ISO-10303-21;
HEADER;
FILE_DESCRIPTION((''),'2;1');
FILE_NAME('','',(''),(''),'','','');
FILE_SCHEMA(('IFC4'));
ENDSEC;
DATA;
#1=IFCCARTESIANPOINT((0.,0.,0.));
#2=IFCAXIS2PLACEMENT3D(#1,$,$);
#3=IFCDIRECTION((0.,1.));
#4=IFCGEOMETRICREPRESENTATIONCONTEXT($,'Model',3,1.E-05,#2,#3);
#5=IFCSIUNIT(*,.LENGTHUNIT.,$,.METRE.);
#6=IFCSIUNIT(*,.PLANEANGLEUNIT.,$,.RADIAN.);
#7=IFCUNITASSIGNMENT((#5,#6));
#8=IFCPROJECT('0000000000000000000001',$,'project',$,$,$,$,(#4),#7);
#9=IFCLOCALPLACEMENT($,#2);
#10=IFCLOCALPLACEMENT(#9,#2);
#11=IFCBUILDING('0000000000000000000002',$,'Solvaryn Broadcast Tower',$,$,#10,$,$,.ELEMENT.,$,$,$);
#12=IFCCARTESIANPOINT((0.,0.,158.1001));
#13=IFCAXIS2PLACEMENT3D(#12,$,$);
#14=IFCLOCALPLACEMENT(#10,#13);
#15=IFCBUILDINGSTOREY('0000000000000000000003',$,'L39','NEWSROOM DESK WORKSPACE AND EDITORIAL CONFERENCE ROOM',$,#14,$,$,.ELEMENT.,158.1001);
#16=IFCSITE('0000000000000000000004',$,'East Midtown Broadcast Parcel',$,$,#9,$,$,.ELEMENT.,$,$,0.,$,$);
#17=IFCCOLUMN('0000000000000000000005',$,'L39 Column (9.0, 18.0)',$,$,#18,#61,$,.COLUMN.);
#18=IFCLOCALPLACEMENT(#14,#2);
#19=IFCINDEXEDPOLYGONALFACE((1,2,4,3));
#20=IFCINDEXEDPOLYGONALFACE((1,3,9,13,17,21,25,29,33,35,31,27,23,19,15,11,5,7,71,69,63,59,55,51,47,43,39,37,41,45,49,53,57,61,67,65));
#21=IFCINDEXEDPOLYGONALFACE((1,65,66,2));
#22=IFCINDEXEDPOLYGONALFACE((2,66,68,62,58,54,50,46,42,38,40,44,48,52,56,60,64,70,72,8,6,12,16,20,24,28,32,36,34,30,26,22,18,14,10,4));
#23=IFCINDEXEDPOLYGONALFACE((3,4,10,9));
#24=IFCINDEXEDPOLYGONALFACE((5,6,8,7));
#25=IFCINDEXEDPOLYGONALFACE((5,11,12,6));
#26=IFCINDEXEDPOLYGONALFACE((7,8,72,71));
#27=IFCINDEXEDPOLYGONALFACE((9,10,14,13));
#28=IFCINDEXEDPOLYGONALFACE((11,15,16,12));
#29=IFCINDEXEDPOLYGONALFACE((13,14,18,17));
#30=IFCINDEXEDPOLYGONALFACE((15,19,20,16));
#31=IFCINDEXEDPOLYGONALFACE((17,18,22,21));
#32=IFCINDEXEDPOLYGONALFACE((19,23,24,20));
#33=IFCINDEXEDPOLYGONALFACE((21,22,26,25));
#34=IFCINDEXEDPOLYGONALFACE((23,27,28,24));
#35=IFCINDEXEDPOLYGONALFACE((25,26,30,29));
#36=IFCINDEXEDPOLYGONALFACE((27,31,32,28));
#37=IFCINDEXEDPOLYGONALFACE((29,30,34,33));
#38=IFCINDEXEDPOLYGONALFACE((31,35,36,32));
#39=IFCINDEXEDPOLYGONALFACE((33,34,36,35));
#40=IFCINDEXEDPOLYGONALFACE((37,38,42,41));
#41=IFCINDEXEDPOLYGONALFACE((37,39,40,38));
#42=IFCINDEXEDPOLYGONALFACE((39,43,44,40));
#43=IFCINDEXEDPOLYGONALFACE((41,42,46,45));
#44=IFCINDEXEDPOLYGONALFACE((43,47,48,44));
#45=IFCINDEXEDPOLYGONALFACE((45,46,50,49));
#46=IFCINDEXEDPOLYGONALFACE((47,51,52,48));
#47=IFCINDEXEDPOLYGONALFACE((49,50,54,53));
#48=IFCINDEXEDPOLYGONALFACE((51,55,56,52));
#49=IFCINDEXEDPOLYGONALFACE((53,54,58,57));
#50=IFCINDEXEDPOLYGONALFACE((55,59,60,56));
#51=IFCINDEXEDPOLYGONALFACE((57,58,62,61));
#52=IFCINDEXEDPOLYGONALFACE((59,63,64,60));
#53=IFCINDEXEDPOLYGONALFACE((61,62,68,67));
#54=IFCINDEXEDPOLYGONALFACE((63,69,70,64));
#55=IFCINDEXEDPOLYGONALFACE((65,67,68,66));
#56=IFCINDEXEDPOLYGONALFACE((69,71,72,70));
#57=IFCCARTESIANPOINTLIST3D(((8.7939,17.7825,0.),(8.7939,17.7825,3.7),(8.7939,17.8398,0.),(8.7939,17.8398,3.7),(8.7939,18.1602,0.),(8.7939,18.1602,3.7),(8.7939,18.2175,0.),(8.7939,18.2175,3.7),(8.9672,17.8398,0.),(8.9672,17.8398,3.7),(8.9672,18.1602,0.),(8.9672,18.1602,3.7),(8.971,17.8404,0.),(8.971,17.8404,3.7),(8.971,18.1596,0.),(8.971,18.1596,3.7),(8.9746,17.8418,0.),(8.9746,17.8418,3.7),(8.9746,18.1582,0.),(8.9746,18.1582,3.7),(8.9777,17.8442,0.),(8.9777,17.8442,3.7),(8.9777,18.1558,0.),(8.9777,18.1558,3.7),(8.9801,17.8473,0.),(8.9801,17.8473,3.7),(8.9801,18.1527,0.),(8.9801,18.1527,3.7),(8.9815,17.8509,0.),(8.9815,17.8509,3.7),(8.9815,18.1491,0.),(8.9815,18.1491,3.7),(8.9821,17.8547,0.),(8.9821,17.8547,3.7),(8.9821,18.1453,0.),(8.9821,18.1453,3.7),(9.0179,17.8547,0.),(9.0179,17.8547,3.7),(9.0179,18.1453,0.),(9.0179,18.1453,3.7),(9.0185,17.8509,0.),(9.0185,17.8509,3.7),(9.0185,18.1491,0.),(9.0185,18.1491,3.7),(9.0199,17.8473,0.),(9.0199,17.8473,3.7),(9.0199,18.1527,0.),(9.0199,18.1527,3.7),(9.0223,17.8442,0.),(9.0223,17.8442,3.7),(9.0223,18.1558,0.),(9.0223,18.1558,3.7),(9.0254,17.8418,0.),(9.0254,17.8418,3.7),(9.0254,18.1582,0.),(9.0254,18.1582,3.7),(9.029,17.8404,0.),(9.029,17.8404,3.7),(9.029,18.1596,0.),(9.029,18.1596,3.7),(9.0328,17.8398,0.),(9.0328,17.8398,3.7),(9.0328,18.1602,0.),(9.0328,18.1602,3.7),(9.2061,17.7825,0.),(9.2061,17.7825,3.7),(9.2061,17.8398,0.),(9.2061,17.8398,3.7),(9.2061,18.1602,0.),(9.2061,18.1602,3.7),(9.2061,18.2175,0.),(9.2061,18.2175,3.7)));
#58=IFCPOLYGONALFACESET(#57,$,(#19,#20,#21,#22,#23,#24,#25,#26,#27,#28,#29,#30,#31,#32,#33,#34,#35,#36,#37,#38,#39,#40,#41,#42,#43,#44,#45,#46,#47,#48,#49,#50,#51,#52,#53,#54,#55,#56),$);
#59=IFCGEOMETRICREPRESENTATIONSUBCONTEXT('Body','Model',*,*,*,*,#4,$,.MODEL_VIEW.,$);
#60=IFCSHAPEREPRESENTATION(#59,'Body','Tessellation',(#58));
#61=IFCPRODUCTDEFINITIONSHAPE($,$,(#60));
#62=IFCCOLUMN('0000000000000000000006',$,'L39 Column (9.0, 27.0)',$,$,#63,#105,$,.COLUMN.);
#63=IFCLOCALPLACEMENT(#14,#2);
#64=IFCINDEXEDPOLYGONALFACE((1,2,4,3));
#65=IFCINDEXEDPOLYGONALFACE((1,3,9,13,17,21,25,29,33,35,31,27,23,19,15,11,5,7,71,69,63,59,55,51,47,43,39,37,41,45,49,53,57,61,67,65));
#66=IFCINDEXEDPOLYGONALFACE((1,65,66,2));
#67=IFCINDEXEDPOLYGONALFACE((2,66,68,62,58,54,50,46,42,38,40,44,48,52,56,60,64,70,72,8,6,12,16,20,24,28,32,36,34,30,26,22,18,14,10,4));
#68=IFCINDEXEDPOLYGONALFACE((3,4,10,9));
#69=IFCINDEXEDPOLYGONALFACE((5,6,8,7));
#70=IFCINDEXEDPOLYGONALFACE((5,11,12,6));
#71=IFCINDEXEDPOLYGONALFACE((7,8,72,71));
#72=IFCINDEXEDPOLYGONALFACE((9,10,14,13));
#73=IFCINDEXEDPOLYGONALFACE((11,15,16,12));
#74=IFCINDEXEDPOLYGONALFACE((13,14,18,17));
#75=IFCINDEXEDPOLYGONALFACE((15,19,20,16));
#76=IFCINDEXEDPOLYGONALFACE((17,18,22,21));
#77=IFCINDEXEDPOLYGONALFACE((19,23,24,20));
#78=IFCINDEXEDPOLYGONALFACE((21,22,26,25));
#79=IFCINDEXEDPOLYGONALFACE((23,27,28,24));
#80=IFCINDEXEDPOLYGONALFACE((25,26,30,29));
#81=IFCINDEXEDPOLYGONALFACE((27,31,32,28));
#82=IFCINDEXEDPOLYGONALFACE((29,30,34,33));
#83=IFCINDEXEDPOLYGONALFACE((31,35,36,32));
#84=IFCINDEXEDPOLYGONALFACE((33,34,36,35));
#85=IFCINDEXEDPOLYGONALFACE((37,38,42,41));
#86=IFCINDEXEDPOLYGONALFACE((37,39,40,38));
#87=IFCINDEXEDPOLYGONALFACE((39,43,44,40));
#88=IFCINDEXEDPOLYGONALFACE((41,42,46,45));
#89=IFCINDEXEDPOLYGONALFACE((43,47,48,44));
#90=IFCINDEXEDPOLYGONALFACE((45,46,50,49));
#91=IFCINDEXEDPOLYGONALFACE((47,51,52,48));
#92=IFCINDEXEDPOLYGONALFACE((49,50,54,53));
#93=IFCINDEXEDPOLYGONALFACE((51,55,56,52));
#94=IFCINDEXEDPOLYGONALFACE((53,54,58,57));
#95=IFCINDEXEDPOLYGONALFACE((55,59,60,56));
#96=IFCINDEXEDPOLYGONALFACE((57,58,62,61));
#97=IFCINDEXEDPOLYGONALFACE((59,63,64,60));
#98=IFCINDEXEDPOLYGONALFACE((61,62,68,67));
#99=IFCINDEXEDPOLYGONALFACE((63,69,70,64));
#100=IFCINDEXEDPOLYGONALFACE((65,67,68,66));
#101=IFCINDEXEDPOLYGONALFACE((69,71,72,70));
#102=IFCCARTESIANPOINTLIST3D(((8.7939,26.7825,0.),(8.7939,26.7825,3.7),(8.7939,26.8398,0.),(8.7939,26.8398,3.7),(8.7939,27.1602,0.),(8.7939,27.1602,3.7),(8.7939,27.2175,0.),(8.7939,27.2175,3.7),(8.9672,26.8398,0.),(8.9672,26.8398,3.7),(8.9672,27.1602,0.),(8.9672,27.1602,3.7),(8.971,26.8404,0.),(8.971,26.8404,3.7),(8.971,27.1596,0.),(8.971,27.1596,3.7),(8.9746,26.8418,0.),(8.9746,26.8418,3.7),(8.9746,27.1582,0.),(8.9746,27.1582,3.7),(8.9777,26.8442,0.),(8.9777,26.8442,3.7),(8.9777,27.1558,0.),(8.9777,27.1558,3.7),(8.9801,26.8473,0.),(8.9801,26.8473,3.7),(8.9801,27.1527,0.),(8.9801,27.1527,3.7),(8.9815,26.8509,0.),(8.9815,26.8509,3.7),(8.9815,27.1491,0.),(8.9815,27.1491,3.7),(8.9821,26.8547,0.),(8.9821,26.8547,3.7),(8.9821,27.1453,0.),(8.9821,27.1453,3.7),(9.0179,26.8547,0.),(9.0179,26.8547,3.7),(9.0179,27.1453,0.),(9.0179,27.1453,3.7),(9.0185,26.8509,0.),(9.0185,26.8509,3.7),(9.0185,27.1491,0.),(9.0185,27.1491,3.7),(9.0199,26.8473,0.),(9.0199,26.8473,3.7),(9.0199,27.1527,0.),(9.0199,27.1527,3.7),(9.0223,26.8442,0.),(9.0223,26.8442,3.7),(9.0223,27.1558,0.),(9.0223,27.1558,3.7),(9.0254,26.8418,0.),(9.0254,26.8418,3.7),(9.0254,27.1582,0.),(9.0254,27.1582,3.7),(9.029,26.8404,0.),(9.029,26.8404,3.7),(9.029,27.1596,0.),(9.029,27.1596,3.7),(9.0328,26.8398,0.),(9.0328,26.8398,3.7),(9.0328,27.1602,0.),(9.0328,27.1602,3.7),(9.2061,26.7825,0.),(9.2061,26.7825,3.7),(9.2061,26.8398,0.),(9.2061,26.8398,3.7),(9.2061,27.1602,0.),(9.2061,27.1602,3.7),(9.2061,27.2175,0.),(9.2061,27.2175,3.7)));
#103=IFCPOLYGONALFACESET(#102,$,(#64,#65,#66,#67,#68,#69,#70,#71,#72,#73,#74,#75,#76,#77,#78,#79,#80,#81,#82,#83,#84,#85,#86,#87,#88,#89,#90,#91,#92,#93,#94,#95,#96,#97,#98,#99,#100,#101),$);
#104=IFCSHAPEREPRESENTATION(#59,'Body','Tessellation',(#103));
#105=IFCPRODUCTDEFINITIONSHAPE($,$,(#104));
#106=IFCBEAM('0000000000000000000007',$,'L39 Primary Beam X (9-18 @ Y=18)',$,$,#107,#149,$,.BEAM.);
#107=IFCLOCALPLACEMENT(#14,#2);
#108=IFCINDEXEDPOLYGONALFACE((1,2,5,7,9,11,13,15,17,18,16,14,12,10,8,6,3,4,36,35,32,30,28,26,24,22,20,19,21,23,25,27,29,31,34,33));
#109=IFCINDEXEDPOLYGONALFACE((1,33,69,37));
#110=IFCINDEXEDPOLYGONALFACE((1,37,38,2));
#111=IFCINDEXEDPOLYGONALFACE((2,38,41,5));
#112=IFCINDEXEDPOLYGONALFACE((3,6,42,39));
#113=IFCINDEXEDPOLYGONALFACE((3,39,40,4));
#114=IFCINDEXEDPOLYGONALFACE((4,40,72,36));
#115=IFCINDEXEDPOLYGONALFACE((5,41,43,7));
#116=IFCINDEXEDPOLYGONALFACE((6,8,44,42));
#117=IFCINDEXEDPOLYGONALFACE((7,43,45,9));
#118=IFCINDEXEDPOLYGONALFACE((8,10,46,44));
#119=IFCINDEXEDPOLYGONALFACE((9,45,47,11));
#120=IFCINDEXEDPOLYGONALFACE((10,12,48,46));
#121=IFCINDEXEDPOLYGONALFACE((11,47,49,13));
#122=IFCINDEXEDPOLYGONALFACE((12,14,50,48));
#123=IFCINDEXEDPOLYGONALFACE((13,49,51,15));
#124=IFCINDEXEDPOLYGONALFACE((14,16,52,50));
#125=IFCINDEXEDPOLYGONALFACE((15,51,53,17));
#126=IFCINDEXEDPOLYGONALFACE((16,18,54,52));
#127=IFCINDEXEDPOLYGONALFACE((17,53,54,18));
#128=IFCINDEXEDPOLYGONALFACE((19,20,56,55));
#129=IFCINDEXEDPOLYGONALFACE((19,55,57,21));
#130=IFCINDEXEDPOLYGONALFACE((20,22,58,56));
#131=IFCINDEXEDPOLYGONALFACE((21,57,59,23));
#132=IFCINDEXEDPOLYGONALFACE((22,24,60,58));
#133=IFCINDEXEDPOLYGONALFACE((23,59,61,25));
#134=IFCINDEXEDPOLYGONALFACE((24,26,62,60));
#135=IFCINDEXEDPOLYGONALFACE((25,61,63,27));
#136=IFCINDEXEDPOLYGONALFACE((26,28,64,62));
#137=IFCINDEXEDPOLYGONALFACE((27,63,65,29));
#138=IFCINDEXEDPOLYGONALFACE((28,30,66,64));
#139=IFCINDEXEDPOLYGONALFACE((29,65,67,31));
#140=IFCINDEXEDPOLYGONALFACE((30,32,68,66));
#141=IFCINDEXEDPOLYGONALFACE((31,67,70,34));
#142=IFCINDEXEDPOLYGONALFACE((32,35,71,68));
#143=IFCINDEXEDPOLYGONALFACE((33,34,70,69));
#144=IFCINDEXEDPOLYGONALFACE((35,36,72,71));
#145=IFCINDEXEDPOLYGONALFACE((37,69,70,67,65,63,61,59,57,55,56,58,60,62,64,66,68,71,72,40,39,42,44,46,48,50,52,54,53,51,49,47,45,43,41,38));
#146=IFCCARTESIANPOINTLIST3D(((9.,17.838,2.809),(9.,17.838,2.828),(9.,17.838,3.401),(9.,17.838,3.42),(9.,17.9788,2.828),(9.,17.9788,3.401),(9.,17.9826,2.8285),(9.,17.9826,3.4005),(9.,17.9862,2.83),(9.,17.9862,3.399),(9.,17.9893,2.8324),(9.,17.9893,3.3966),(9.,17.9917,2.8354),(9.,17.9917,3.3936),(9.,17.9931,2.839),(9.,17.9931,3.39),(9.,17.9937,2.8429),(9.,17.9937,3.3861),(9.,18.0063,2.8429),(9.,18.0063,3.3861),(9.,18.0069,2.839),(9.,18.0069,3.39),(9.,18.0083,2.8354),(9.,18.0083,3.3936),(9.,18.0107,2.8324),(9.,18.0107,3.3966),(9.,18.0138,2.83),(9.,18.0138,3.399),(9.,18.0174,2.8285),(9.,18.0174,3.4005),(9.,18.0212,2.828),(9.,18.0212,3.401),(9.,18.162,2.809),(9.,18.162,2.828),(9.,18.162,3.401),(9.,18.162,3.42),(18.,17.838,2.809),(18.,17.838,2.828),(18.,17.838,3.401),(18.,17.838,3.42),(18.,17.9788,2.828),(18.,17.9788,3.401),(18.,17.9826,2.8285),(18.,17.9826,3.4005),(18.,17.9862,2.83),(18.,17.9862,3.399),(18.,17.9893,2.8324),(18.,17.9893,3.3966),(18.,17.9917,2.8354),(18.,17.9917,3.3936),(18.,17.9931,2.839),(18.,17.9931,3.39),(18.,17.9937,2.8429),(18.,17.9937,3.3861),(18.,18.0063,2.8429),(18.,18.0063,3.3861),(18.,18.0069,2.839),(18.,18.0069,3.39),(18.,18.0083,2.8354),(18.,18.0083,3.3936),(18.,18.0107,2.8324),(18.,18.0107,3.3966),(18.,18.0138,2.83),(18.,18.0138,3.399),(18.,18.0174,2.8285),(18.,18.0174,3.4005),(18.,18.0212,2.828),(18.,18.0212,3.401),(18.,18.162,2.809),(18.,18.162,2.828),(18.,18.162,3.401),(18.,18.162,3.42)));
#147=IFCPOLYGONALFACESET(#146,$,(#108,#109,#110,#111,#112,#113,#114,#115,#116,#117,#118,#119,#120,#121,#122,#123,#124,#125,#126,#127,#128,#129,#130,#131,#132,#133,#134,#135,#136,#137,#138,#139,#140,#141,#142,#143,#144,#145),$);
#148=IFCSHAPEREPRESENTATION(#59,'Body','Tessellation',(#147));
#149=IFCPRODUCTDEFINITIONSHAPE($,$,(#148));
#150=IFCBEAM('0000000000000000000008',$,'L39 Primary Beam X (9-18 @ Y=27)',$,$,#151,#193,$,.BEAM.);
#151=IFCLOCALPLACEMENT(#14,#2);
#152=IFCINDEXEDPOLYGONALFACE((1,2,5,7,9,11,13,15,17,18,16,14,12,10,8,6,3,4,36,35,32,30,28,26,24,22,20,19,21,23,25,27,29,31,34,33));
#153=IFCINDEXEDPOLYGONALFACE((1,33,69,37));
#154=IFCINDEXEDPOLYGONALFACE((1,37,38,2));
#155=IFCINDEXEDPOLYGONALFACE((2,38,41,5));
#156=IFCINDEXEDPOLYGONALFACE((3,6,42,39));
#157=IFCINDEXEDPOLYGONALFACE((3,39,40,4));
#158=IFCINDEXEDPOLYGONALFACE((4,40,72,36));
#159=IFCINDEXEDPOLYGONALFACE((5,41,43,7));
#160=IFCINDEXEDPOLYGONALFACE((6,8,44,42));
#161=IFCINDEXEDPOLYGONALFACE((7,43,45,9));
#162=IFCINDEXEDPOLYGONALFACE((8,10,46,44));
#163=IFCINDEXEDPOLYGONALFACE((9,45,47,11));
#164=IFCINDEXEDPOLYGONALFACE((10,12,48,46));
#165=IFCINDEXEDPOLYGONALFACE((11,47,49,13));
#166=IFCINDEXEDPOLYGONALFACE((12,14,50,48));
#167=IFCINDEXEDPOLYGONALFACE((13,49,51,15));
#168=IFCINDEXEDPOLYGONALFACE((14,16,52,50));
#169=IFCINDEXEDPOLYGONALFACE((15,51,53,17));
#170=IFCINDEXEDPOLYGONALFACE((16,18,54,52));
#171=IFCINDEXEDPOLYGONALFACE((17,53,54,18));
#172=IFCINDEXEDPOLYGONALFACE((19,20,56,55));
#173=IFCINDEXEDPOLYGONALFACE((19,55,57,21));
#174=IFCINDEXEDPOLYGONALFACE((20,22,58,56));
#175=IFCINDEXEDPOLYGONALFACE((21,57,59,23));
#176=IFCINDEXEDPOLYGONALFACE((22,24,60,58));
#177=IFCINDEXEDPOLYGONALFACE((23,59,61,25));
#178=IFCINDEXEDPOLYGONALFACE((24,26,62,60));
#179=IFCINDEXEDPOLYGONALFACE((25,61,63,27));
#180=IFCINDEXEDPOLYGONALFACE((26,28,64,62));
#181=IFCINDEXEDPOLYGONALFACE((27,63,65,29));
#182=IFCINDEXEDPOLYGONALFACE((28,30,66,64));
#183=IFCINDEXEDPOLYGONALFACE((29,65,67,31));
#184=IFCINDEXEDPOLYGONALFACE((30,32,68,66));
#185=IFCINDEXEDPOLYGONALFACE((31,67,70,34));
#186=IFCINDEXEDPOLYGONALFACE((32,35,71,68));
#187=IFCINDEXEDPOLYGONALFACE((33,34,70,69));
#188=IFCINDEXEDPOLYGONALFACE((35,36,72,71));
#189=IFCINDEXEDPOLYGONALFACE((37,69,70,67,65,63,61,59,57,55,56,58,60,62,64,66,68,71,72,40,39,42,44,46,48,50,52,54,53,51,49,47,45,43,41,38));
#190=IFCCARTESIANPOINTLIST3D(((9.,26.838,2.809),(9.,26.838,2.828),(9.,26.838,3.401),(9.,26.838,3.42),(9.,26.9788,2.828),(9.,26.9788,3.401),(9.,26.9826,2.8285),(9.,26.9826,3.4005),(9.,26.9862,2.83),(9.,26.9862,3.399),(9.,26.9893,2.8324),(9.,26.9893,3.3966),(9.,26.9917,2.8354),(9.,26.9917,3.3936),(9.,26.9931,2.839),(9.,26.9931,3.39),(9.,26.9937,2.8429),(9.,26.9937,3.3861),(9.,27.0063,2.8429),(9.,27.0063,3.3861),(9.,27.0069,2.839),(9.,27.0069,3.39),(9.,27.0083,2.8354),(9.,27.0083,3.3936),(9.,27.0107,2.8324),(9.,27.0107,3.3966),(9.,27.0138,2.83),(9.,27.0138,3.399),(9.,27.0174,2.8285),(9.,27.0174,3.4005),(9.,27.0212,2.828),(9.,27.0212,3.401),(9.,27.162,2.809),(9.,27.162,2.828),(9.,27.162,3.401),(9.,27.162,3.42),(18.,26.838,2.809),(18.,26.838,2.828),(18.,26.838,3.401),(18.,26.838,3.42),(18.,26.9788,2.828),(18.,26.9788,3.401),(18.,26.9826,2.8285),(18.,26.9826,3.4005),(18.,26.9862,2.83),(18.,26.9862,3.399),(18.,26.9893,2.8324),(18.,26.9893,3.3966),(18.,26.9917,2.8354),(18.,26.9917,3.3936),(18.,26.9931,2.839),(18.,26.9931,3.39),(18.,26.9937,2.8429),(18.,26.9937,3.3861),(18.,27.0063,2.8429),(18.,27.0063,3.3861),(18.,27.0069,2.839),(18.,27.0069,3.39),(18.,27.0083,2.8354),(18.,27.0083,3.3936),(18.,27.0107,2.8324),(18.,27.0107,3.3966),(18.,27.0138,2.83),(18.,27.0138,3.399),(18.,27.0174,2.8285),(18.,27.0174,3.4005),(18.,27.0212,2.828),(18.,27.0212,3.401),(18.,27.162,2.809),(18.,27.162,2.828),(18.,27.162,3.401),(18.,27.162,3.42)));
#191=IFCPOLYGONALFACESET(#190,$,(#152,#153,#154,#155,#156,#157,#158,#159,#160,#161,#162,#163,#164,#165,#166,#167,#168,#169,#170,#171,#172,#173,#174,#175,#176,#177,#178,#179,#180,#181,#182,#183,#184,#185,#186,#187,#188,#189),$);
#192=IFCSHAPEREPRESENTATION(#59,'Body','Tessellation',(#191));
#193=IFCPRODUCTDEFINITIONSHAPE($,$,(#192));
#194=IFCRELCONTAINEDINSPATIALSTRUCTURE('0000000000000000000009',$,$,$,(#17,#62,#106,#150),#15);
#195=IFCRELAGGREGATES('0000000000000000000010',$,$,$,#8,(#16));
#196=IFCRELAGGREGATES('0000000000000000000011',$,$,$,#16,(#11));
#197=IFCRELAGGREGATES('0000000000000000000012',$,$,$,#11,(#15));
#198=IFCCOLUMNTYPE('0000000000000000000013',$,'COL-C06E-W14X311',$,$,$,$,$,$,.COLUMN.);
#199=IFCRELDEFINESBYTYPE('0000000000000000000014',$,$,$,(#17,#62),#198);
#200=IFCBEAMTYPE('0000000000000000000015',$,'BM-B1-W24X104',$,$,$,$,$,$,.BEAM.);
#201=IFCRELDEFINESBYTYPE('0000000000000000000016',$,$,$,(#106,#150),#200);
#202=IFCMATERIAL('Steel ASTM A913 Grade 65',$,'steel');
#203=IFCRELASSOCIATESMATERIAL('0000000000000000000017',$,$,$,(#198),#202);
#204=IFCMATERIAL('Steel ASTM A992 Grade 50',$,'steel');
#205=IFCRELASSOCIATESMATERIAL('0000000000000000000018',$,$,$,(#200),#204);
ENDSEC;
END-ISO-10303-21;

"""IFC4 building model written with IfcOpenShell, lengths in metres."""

from ifc_helpers import new_model, si_unit, direction, frame, origin, origin_2d, place, context, subcontext, project, spatial, i_section, extrude, material, material_profile, profile_set, type_object, element, save


model = new_model("IFC4")

# Units and contexts
model_context = context("Model", 3, precision=1e-05, world=origin(), true_north=direction((0.0, 1.0)))
body_context = subcontext(model_context, "Body", "Model", "MODEL_VIEW")
ifc_project = project(units=[si_unit("LENGTHUNIT", "METRE"), si_unit("PLANEANGLEUNIT", "RADIAN")], contexts=[model_context])

# Site, building, storey
site_placement = place(None, origin())
site = spatial("IfcSite", under=ifc_project, at=site_placement, Name="East Midtown Broadcast Parcel", CompositionType="ELEMENT", RefElevation=0.0)
building_placement = place(site_placement, origin())
building = spatial("IfcBuilding", under=site, at=building_placement, Name="Solvaryn Broadcast Tower", CompositionType="ELEMENT")
storey_placement = place(building_placement, frame((0.0, 0.0, 158.1001)))
storey = spatial("IfcBuildingStorey", under=building, at=storey_placement, Name="L39", Description="NEWSROOM DESK WORKSPACE AND EDITORIAL CONFERENCE ROOM", CompositionType="ELEMENT", Elevation=158.1001)

# Columns
ifc_material_1 = material(Name="Steel ASTM A913 Grade 65", Category="steel")
ifc_material_profile_1 = material_profile(ifc_material_1, i_section(OverallWidth=0.4121, OverallDepth=0.4351, WebThickness=0.0359, FlangeThickness=0.0574, FilletRadius=0.0149, at=origin_2d()))
ifc_profile_set_1 = profile_set([ifc_material_profile_1], Name="Steel ASTM A913 Grade 65")
column_type = type_object("IfcColumnType", Name="COL-C06E-W14X311", PredefinedType="COLUMN", material=ifc_profile_set_1)
for number, where, z_axis, x_axis, name in (
    (1, (9.0, 18.0, 0.0), (0.0, 0.0, 1.0), (1.0, 0.0, 0.0), "L39 Column (9.0, 18.0)"),
    (2, (9.0, 27.0, 0.0), (0.0, 0.0, 1.0), (1.0, 0.0, 0.0), "L39 Column (9.0, 27.0)"),
):
    element("IfcColumn", number, at=place(storey_placement, frame(where, z_axis=z_axis, x_axis=x_axis)), inside=storey, type_object=column_type, Name=name, PredefinedType="COLUMN", context=body_context, shape_type="SweptSolid", body=[
        extrude(i_section(OverallWidth=0.4121, OverallDepth=0.4351, WebThickness=0.0359, FlangeThickness=0.0574, FilletRadius=0.0149, at=origin_2d()), origin(), (0.0, 0.0, 1.0), 3.7),
    ])

# Beams
ifc_material_2 = material(Name="Steel ASTM A992 Grade 50", Category="steel")
ifc_material_profile_2 = material_profile(ifc_material_2, i_section(OverallWidth=0.324, OverallDepth=0.6111, WebThickness=0.0127, FlangeThickness=0.019, FilletRadius=0.0149, at=origin_2d()))
ifc_profile_set_2 = profile_set([ifc_material_profile_2], Name="Steel ASTM A992 Grade 50")
beam_type_1 = type_object("IfcBeamType", Name="BM-B1-W24X104", PredefinedType="BEAM", material=ifc_profile_set_2)
for number, where, z_axis, x_axis, name in (
    (3, (9.0, 18.0, 3.1145), (1.0, 0.0, 0.0), (0.0, 1.0, 0.0), "L39 Primary Beam X (9-18 @ Y=18)"),
    (4, (9.0, 27.0, 3.1145), (1.0, 0.0, 0.0), (0.0, 1.0, 0.0), "L39 Primary Beam X (9-18 @ Y=27)"),
):
    element("IfcBeam", number, at=place(storey_placement, frame(where, z_axis=z_axis, x_axis=x_axis)), inside=storey, type_object=beam_type_1, Name=name, PredefinedType="BEAM", context=body_context, shape_type="SweptSolid", body=[
        extrude(i_section(OverallWidth=0.324, OverallDepth=0.6111, WebThickness=0.0127, FlangeThickness=0.019, FilletRadius=0.0149, at=origin_2d()), origin(), (0.0, 0.0, 1.0), 9.0),
    ])

save(model, "model.ifc")
